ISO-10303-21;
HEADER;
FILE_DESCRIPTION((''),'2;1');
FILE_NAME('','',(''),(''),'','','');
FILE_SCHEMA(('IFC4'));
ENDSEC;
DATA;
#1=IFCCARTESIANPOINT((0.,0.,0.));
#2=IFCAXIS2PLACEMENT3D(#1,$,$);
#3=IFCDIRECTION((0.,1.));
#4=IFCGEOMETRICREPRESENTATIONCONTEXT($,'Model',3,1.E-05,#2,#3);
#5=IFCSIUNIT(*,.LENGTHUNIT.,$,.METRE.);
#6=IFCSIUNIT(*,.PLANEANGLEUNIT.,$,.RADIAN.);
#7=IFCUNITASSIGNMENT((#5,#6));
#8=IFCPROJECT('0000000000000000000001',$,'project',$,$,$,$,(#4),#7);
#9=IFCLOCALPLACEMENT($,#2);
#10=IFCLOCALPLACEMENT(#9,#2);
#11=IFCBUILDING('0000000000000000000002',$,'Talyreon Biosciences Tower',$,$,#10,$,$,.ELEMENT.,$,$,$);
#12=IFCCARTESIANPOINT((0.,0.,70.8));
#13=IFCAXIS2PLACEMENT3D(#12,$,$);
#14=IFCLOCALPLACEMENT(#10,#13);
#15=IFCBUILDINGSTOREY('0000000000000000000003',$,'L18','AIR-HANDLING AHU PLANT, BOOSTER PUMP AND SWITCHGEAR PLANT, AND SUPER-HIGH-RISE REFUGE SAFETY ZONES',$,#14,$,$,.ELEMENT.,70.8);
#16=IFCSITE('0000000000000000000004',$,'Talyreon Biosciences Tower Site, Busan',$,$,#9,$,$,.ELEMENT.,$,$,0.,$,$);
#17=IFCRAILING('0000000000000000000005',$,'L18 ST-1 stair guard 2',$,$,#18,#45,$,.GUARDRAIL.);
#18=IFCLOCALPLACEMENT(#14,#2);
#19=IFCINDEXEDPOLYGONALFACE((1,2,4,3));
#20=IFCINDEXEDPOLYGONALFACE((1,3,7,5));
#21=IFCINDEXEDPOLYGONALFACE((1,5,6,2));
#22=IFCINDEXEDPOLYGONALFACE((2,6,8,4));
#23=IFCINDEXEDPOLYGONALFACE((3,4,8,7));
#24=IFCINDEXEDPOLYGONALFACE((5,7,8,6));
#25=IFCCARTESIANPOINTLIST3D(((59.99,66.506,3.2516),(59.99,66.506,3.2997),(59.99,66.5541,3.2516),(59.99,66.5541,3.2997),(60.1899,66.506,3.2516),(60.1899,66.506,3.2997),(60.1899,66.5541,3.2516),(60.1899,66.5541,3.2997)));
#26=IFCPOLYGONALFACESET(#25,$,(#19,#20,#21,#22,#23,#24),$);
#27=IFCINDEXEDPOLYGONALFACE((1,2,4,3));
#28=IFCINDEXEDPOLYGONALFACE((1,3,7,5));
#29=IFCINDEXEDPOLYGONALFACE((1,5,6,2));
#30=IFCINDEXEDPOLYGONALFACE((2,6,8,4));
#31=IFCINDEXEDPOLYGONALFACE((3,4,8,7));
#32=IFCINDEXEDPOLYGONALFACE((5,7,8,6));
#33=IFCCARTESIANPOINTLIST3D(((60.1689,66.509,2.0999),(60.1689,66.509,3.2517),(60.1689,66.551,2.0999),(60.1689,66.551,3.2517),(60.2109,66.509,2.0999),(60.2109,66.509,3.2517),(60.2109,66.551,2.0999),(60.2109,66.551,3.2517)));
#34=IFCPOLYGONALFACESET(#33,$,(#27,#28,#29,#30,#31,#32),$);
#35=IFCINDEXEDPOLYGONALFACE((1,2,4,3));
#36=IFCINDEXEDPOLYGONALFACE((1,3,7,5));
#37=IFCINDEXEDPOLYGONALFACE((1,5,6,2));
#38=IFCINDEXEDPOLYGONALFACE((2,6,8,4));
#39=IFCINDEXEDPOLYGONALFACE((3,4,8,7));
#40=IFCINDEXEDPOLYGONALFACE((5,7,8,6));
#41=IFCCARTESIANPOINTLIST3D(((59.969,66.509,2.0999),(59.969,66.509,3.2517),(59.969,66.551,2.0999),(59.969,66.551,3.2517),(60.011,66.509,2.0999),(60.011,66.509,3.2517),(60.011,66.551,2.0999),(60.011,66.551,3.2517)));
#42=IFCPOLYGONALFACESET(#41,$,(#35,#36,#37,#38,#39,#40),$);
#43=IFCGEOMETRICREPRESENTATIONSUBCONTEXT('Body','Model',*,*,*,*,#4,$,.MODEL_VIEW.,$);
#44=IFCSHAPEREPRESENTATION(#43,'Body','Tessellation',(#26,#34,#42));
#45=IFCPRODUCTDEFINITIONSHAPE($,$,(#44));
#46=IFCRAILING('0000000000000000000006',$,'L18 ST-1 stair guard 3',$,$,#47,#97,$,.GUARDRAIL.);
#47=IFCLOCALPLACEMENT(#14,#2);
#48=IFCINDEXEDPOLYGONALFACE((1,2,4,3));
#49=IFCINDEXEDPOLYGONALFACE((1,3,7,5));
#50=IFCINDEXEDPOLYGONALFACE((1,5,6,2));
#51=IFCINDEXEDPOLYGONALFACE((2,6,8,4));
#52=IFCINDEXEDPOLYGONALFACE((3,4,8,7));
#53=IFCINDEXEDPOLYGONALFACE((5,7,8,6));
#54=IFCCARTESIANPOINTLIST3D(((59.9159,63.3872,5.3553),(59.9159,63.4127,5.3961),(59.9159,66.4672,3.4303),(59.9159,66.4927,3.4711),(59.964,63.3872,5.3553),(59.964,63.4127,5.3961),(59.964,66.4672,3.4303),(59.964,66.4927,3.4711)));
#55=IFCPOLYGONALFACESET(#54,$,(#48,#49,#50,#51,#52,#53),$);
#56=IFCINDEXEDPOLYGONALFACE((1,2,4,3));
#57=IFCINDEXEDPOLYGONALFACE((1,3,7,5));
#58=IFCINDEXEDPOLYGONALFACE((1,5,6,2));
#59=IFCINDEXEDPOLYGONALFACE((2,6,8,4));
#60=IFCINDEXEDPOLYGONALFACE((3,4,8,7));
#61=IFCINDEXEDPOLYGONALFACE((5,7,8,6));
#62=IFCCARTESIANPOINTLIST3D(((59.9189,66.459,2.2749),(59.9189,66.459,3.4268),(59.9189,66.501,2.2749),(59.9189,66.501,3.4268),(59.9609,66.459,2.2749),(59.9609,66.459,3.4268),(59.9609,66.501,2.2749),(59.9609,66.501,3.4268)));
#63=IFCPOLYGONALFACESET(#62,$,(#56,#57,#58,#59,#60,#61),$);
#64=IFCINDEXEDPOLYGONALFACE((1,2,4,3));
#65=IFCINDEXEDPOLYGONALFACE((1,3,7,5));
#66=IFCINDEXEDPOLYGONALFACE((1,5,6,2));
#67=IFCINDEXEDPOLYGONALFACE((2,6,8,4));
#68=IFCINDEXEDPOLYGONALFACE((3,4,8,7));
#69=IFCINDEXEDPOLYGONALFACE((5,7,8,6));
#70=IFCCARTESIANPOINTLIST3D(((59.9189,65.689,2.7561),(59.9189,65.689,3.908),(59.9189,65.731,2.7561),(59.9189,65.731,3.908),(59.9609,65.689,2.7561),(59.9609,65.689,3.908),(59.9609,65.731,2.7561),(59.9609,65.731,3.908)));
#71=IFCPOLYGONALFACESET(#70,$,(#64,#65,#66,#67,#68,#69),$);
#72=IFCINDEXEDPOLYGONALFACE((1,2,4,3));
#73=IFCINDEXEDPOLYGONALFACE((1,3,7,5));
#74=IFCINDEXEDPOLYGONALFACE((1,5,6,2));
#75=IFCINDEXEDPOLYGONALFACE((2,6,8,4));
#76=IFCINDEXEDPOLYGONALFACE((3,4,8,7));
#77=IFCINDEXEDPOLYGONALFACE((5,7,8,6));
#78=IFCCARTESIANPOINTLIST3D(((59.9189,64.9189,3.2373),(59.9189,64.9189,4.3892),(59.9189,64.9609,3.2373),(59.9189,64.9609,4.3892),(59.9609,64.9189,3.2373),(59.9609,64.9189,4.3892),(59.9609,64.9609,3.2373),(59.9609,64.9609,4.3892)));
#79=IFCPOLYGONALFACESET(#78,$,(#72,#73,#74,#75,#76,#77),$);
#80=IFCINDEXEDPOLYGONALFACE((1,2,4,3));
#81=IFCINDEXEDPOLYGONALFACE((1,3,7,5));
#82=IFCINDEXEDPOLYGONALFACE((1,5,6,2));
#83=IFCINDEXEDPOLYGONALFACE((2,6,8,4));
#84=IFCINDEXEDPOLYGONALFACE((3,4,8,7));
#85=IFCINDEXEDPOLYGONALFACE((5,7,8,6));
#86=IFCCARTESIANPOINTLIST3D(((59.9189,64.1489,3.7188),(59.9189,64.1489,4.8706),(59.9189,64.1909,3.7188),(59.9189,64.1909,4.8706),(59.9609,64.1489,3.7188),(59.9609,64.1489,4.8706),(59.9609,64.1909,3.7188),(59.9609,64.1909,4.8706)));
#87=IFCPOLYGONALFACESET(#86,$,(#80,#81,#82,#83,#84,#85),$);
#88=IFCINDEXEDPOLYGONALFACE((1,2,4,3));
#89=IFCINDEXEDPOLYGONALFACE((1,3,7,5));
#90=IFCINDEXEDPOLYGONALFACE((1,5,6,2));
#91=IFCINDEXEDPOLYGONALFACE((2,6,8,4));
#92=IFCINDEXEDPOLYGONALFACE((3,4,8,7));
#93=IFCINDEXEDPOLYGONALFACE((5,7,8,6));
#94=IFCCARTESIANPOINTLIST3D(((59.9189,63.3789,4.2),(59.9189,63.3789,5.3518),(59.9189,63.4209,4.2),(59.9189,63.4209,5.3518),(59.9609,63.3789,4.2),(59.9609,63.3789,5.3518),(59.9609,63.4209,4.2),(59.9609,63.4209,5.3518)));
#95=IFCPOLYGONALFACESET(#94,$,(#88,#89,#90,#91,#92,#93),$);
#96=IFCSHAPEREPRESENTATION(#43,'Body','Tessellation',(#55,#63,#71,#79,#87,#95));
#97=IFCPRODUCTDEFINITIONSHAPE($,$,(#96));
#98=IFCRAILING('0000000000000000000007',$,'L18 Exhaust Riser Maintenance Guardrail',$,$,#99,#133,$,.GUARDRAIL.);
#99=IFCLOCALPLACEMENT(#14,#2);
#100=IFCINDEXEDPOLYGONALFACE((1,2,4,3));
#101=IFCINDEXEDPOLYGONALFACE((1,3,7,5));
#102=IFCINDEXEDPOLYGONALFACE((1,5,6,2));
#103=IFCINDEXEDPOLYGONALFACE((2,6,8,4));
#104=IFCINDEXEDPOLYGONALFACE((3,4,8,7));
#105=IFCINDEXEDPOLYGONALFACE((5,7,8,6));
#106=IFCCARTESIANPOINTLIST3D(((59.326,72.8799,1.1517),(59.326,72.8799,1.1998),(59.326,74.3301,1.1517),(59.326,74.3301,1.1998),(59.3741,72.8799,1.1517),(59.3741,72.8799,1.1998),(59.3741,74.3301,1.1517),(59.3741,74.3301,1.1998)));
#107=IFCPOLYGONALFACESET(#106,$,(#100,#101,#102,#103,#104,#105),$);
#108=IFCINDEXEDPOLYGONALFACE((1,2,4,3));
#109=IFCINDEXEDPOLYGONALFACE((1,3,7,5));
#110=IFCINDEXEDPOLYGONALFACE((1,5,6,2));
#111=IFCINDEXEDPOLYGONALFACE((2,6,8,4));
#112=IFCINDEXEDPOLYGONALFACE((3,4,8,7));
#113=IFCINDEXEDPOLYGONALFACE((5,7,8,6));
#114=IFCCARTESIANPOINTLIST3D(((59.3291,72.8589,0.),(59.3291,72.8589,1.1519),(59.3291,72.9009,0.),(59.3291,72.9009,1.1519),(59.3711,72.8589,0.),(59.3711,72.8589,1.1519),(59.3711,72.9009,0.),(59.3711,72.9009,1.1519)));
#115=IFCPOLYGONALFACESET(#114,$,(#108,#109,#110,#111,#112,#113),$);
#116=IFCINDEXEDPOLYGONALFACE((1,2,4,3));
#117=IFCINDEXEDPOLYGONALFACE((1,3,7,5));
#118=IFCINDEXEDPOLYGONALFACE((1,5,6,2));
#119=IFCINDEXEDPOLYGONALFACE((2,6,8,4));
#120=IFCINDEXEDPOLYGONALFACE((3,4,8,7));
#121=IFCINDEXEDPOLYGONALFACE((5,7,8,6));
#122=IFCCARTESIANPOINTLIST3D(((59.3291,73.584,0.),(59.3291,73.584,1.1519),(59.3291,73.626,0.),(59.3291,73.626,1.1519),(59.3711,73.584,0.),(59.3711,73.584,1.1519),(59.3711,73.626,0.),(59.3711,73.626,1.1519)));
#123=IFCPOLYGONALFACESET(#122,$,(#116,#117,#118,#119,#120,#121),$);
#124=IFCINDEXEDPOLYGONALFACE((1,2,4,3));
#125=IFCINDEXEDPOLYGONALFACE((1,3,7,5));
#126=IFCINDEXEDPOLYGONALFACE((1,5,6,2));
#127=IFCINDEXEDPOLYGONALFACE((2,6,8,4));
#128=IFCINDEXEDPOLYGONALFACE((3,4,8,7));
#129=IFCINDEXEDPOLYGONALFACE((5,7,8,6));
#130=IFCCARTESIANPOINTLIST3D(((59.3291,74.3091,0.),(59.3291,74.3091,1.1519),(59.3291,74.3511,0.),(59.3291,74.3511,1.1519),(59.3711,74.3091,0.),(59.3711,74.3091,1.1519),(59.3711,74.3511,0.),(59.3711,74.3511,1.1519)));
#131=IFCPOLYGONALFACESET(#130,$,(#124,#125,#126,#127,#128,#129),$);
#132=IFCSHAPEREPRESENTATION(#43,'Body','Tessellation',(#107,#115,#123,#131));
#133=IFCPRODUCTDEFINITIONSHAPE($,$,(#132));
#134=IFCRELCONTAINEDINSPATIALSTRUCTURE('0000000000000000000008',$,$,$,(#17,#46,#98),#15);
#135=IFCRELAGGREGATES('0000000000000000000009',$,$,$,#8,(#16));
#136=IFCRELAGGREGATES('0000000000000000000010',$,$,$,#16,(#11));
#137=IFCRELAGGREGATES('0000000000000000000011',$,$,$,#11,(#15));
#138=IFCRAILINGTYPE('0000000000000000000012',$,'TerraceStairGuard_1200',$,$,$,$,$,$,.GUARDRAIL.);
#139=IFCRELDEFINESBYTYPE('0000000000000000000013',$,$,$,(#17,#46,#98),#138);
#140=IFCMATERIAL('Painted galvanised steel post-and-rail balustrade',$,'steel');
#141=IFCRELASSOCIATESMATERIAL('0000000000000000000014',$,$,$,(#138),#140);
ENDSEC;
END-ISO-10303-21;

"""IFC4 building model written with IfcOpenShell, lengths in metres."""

from ifc_helpers import new_model, si_unit, direction, frame, origin, origin_2d, place, context, subcontext, project, spatial, rectangle, extrude, material, type_object, element, save


model = new_model("IFC4")

# Units and contexts
model_context = context("Model", 3, precision=1e-05, world=origin(), true_north=direction((0.0, 1.0)))
body_context = subcontext(model_context, "Body", "Model", "MODEL_VIEW")
ifc_project = project(units=[si_unit("LENGTHUNIT", "METRE"), si_unit("PLANEANGLEUNIT", "RADIAN")], contexts=[model_context])

# Site, building, storey
site_placement = place(None, origin())
site = spatial("IfcSite", under=ifc_project, at=site_placement, Name="Talyreon Biosciences Tower Site, Busan", CompositionType="ELEMENT", RefElevation=0.0)
building_placement = place(site_placement, origin())
building = spatial("IfcBuilding", under=site, at=building_placement, Name="Talyreon Biosciences Tower", CompositionType="ELEMENT")
storey_placement = place(building_placement, frame((0.0, 0.0, 70.8)))
storey = spatial("IfcBuildingStorey", under=building, at=storey_placement, Name="L18", Description="AIR-HANDLING AHU PLANT, BOOSTER PUMP AND SWITCHGEAR PLANT, AND SUPER-HIGH-RISE REFUGE SAFETY ZONES", CompositionType="ELEMENT", Elevation=70.8)

# Railings
ifc_material_1 = material(Name="Painted galvanised steel post-and-rail balustrade", Category="steel")
railing_type_1 = type_object("IfcRailingType", Name="TerraceStairGuard_1200", PredefinedType="GUARDRAIL", material=ifc_material_1)
railing_1_placement = place(storey_placement, frame((60.1899, 66.53, 2.0999)))
element("IfcRailing", 1, at=railing_1_placement, inside=storey, type_object=railing_type_1, Name="L18 ST-1 stair guard 2", PredefinedType="GUARDRAIL", context=body_context, shape_type="SweptSolid", body=[
    extrude(rectangle(XDim=0.0481, YDim=0.0481, at=origin_2d()), frame((0.0, 0.0, 1.1758), z_axis=(-1.0, 0.0, 0.0), x_axis=(0.0, -1.0, 0.0)), (0.0, 0.0, 1.0), 0.2),
    extrude(rectangle(XDim=0.042, YDim=0.042, at=origin_2d()), origin(), (0.0, 0.0, 1.0), 1.1519),
    extrude(rectangle(XDim=0.042, YDim=0.042, at=origin_2d()), frame((-0.2, 0.0, 0.0)), (0.0, 0.0, 1.0), 1.1519),
])
railing_2_placement = place(storey_placement, frame((59.9399, 66.48, 2.2749)))
element("IfcRailing", 2, at=railing_2_placement, inside=storey, type_object=railing_type_1, Name="L18 ST-1 stair guard 3", PredefinedType="GUARDRAIL", context=body_context, shape_type="SweptSolid", body=[
    extrude(rectangle(XDim=0.0481, YDim=0.0481, at=origin_2d()), frame((0.0, 0.0, 1.1758), z_axis=(0.0, -0.847998, 0.529999), x_axis=(1.0, 0.0, 0.0)), (0.0, 0.0, 1.0), 3.6321),
    extrude(rectangle(XDim=0.042, YDim=0.042, at=origin_2d()), origin(), (0.0, 0.0, 1.0), 1.1519),
    extrude(rectangle(XDim=0.042, YDim=0.042, at=origin_2d()), frame((0.0, -0.77, 0.4812)), (0.0, 0.0, 1.0), 1.1519),
    extrude(rectangle(XDim=0.042, YDim=0.042, at=origin_2d()), frame((0.0, -1.54, 0.9624)), (0.0, 0.0, 1.0), 1.1519),
    extrude(rectangle(XDim=0.042, YDim=0.042, at=origin_2d()), frame((0.0, -2.3101, 1.4438)), (0.0, 0.0, 1.0), 1.1519),
    extrude(rectangle(XDim=0.042, YDim=0.042, at=origin_2d()), frame((0.0, -3.0801, 1.925)), (0.0, 0.0, 1.0), 1.1519),
])
railing_3_placement = place(storey_placement, frame((59.3501, 72.8799, 0.0)))
element("IfcRailing", 3, at=railing_3_placement, inside=storey, type_object=railing_type_1, Name="L18 Exhaust Riser Maintenance Guardrail", PredefinedType="GUARDRAIL", context=body_context, shape_type="SweptSolid", body=[
    extrude(rectangle(XDim=0.0481, YDim=0.0481, at=origin_2d()), frame((0.0, 0.0, 1.1758), z_axis=(0.0, 1.0, 0.0), x_axis=(-1.0, 0.0, 0.0)), (0.0, 0.0, 1.0), 1.4502),
    extrude(rectangle(XDim=0.042, YDim=0.042, at=origin_2d()), origin(), (0.0, 0.0, 1.0), 1.1519),
    extrude(rectangle(XDim=0.042, YDim=0.042, at=origin_2d()), frame((0.0, 0.7251, 0.0)), (0.0, 0.0, 1.0), 1.1519),
    extrude(rectangle(XDim=0.042, YDim=0.042, at=origin_2d()), frame((0.0, 1.4502, 0.0)), (0.0, 0.0, 1.0), 1.1519),
])

save(model, "model.ifc")
